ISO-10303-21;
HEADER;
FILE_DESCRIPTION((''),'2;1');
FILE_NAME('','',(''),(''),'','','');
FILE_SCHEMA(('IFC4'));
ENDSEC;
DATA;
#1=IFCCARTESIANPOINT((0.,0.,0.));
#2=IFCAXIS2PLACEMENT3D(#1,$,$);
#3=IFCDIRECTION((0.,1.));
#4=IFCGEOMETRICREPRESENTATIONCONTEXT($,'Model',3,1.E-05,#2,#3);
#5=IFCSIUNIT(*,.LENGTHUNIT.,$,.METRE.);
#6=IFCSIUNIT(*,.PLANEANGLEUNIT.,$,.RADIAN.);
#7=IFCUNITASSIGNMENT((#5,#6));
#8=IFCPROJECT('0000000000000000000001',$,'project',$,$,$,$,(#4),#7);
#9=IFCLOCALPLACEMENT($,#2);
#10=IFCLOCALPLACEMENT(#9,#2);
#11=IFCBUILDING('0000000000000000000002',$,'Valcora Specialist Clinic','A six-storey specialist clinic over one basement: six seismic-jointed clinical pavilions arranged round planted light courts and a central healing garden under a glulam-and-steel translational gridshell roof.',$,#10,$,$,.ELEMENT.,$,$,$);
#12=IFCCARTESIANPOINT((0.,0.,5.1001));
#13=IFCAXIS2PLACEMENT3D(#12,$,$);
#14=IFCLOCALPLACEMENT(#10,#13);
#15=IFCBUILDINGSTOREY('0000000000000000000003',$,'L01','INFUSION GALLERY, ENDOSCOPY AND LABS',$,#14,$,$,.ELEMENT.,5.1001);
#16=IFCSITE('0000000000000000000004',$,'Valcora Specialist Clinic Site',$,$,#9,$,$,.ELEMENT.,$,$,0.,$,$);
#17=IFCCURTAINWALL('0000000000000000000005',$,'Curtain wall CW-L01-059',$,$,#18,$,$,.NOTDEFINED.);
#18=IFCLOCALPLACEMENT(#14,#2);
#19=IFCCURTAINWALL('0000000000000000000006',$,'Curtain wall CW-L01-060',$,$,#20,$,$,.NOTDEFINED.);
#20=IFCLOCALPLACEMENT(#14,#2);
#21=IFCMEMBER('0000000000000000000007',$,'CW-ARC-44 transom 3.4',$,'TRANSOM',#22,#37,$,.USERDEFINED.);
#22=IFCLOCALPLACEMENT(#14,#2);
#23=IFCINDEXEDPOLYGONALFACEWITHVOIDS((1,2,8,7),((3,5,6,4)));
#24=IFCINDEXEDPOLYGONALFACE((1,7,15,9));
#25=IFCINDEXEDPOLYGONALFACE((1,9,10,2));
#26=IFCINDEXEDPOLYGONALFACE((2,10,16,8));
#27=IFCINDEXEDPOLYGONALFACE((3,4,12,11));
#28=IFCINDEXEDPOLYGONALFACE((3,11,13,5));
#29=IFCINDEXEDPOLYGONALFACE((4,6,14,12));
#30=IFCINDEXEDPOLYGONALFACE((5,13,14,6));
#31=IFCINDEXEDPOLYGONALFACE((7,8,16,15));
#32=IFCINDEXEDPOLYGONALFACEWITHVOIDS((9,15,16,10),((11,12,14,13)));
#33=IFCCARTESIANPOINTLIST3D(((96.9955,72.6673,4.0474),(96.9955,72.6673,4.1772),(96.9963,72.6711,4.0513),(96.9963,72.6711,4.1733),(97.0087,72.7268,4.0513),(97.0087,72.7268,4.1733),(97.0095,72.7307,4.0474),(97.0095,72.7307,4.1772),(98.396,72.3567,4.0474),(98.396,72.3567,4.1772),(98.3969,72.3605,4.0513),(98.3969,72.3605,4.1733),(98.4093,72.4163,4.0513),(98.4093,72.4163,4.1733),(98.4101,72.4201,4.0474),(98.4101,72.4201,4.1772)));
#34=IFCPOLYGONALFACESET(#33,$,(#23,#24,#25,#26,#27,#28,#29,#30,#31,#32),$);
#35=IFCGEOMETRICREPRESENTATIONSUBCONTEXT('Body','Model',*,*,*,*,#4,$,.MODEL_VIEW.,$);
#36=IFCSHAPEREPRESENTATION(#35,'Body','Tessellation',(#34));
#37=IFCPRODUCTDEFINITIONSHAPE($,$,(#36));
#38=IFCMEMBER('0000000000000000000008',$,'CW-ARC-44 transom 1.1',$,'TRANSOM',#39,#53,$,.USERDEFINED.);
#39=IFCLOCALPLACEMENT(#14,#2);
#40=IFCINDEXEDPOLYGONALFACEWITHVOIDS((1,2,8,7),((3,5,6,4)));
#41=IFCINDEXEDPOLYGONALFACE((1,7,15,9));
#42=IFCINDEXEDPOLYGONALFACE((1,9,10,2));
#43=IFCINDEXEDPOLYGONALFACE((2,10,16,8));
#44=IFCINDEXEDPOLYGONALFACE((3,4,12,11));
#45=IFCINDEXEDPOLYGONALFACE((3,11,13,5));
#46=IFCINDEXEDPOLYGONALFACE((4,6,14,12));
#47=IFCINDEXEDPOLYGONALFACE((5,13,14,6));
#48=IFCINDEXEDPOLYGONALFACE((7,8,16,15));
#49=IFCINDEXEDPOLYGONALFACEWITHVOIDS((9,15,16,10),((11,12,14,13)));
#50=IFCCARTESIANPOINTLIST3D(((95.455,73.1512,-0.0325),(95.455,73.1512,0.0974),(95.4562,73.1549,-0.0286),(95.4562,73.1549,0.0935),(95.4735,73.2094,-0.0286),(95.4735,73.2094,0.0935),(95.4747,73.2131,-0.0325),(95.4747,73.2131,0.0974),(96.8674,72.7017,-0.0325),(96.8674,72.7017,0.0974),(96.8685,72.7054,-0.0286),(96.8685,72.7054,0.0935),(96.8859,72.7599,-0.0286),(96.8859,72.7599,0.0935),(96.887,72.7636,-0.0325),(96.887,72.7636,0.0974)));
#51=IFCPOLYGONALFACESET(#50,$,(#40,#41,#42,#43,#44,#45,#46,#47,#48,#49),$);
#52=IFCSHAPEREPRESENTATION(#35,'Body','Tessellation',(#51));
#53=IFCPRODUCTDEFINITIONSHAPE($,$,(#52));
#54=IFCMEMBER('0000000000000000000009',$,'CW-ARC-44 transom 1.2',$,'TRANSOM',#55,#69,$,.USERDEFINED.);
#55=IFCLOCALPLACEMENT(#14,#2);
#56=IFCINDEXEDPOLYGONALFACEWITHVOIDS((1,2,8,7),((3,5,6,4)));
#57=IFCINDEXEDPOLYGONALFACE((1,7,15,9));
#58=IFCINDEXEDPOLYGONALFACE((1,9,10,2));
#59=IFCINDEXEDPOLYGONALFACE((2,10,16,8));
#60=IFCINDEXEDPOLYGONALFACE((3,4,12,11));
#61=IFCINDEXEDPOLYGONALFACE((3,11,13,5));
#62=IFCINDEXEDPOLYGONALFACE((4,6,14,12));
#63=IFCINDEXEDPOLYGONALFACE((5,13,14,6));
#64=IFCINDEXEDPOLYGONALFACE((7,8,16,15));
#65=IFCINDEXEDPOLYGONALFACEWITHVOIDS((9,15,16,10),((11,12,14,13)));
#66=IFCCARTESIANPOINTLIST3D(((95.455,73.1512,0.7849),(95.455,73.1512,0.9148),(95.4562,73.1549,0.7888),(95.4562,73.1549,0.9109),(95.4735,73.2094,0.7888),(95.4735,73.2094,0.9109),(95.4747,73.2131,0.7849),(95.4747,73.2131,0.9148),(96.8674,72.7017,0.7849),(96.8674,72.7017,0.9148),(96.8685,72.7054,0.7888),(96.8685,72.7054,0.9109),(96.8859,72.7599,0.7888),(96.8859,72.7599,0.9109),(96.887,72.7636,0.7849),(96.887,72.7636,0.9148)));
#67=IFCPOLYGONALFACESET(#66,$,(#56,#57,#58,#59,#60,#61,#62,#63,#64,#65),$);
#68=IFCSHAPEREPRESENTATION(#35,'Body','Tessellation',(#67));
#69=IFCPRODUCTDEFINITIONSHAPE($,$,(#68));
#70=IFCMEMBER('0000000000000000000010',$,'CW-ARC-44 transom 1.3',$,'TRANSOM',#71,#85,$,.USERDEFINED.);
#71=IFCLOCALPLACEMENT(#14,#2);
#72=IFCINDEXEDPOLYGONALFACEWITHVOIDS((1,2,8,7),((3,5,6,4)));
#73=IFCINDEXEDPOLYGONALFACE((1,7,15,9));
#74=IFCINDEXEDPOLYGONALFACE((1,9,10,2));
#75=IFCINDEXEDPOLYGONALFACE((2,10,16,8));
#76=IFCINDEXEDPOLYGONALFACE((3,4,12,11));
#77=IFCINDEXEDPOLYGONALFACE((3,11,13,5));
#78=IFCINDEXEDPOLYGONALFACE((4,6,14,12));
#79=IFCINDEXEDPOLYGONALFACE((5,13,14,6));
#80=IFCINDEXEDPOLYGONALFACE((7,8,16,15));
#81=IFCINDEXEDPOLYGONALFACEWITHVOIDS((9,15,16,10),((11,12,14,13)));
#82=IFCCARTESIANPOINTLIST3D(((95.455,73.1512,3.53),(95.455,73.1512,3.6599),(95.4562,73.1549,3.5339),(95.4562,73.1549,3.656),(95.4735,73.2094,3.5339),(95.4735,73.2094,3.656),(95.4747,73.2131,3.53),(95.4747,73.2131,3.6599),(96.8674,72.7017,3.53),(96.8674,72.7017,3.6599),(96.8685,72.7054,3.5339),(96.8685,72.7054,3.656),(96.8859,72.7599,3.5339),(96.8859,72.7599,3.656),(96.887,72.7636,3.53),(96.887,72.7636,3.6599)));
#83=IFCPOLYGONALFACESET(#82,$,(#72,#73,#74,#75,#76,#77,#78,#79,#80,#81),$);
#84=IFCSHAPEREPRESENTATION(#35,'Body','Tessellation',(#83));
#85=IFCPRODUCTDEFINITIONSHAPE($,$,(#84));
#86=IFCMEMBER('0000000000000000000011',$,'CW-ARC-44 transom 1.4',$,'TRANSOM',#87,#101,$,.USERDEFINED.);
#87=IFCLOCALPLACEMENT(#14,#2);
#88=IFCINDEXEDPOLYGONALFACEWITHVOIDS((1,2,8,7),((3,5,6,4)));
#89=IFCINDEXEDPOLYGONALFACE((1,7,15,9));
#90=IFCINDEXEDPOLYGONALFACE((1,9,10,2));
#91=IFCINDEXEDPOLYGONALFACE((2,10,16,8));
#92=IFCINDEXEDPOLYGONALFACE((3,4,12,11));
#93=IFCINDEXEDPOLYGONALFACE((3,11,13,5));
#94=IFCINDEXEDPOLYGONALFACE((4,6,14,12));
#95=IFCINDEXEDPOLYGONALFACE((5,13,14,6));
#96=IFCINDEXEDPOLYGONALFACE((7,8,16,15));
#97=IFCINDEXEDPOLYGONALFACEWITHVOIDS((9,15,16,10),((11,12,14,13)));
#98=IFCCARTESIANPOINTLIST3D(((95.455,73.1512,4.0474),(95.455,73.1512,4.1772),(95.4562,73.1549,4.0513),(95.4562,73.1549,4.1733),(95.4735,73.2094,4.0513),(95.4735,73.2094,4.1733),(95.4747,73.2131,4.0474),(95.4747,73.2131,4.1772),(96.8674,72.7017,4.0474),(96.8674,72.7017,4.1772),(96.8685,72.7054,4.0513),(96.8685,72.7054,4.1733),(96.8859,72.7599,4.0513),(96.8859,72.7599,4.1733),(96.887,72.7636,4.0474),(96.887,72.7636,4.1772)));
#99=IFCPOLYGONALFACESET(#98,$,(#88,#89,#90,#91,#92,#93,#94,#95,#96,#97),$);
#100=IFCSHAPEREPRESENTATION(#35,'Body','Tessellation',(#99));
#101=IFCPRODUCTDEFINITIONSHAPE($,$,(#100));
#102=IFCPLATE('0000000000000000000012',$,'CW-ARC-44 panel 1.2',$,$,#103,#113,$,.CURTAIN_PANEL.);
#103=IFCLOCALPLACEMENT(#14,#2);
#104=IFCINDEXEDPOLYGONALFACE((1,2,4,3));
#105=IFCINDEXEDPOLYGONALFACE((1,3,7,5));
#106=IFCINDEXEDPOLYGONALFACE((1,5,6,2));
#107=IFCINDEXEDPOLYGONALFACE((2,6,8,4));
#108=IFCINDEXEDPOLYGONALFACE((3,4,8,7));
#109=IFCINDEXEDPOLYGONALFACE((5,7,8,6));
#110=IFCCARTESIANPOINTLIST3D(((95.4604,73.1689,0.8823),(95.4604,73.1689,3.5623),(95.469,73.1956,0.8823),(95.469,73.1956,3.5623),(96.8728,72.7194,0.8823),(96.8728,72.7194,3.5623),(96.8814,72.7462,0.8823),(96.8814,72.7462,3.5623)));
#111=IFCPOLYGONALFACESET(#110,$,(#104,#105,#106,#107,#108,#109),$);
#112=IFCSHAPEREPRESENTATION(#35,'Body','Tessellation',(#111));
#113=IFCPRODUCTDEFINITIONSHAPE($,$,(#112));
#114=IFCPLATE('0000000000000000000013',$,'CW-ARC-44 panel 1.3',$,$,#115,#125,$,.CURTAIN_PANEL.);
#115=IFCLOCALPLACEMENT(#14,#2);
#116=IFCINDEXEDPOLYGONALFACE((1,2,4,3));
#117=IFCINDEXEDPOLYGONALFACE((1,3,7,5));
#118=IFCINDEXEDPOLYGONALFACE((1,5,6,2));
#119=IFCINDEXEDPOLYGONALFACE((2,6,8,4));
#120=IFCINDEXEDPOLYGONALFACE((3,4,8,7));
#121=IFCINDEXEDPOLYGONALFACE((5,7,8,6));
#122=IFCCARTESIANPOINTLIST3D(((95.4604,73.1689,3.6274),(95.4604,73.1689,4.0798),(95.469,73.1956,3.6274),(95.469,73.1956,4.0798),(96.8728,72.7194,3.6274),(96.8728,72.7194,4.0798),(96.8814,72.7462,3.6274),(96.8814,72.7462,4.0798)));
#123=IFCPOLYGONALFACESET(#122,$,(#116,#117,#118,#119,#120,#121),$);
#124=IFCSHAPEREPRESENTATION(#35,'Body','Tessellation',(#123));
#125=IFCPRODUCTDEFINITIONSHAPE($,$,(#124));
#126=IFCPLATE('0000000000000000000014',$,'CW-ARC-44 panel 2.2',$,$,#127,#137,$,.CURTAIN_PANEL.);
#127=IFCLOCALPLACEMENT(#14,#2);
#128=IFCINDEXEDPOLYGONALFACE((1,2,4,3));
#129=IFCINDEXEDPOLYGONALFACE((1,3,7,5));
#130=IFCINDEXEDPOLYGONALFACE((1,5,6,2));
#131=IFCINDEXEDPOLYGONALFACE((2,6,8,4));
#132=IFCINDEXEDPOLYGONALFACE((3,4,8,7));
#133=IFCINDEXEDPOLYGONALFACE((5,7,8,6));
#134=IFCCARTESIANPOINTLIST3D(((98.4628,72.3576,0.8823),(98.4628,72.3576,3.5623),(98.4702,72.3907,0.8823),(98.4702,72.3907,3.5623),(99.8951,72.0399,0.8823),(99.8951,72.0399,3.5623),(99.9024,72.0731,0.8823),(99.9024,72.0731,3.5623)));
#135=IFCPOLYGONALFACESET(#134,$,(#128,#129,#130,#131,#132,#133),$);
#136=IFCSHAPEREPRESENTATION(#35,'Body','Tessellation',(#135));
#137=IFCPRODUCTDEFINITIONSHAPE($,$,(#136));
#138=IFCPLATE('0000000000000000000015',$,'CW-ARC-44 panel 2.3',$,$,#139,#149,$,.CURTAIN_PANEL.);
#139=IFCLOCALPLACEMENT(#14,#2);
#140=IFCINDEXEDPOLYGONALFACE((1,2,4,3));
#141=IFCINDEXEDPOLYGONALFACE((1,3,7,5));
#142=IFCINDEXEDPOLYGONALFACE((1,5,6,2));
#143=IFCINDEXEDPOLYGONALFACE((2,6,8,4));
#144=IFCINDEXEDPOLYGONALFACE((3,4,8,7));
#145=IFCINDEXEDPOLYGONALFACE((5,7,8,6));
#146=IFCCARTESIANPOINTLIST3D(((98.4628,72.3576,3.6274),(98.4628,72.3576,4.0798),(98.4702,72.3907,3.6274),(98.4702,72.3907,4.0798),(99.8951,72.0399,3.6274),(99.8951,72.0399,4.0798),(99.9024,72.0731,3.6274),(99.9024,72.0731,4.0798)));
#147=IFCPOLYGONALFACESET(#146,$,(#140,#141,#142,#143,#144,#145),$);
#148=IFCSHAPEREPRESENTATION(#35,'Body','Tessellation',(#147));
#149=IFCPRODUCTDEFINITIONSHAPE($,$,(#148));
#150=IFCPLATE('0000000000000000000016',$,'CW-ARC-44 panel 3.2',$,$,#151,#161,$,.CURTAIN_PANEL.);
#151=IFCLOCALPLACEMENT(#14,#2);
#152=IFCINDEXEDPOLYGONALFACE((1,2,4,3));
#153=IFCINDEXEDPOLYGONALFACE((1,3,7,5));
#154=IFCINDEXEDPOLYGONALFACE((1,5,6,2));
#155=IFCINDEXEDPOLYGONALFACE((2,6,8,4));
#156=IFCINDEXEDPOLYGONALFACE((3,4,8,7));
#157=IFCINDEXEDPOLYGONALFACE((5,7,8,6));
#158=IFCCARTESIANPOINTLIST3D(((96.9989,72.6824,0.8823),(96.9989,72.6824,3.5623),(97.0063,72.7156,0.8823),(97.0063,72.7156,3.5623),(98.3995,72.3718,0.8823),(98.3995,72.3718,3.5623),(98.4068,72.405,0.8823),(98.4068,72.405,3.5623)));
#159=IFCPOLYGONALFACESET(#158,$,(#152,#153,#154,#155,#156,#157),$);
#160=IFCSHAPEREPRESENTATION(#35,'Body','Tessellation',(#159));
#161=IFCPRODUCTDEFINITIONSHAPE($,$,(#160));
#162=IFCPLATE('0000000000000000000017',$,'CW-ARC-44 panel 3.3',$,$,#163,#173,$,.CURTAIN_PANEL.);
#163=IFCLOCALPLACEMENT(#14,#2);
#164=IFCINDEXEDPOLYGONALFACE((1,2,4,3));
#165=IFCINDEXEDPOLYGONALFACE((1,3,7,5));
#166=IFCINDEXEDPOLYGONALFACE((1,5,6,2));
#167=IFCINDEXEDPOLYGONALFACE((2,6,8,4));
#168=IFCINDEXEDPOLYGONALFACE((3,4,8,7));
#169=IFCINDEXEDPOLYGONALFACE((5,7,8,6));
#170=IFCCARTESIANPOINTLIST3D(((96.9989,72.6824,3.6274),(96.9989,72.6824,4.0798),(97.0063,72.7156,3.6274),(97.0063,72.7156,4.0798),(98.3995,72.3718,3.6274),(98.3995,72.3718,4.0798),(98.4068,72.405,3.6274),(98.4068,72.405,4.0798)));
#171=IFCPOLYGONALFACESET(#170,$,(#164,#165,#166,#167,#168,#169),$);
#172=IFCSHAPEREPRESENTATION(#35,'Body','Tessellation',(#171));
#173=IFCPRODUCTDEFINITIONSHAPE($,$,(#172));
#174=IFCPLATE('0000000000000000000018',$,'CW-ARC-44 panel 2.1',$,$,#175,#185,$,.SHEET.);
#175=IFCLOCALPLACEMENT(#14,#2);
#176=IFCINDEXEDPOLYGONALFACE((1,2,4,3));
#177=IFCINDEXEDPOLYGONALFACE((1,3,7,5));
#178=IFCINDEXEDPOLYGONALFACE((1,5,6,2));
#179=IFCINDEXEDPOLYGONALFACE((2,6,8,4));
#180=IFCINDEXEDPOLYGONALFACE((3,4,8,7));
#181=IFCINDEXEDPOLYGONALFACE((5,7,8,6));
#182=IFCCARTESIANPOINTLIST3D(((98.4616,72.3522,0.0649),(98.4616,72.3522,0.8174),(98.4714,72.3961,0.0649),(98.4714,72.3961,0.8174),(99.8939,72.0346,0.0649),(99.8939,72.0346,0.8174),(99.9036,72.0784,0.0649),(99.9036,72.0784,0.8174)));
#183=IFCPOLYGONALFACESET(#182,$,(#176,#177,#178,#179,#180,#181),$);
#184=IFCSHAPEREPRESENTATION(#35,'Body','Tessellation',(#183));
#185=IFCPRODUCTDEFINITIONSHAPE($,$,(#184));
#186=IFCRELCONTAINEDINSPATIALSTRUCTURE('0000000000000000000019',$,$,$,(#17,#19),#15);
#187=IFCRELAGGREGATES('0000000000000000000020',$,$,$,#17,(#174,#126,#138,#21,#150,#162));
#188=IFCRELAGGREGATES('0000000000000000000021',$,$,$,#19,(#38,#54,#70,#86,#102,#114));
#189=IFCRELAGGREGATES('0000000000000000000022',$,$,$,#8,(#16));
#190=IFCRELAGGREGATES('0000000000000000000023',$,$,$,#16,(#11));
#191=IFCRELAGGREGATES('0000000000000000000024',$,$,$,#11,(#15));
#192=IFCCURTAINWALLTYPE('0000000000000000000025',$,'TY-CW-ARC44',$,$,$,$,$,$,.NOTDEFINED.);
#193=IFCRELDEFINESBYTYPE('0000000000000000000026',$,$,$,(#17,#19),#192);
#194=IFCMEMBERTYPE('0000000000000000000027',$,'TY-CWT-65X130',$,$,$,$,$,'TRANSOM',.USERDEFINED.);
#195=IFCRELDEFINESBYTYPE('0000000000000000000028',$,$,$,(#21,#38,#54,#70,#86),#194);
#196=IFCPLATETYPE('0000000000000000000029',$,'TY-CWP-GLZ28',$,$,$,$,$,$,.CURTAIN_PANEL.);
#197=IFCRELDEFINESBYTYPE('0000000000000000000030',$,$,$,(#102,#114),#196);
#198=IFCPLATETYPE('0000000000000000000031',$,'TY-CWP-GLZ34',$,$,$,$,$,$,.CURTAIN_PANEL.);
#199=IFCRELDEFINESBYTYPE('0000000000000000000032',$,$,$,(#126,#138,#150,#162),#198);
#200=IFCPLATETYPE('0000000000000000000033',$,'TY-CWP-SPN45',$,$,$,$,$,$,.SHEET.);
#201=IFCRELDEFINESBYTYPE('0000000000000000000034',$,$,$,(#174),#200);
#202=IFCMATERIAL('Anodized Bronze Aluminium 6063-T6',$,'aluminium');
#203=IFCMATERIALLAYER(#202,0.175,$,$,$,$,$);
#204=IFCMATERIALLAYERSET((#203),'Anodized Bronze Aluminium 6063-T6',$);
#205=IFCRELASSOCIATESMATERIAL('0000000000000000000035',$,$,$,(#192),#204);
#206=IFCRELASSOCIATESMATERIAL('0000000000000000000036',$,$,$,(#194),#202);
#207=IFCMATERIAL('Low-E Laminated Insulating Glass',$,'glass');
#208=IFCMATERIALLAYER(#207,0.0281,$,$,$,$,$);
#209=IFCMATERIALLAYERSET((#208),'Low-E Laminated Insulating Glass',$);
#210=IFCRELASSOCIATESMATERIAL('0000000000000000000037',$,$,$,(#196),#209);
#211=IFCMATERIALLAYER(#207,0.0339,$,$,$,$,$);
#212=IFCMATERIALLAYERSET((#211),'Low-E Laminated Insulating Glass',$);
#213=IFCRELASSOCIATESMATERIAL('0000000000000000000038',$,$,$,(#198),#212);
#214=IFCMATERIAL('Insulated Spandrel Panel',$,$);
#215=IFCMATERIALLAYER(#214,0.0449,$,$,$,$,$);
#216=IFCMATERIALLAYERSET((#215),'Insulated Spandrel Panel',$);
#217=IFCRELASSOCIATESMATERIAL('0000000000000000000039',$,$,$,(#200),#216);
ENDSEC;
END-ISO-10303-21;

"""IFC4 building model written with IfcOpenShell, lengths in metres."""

from ifc_helpers import new_model, si_unit, direction, frame, origin, origin_2d, place, context, subcontext, project, spatial, rectangle, hollow_rectangle, extrude, material, layer, layer_set, material_profile, profile_set, type_object, element, aggregate, save


model = new_model("IFC4")

# Units and contexts
model_context = context("Model", 3, precision=1e-05, world=origin(), true_north=direction((0.0, 1.0)))
body_context = subcontext(model_context, "Body", "Model", "MODEL_VIEW")
ifc_project = project(units=[si_unit("LENGTHUNIT", "METRE"), si_unit("PLANEANGLEUNIT", "RADIAN")], contexts=[model_context])

# Site, building, storey
site_placement = place(None, origin())
site = spatial("IfcSite", under=ifc_project, at=site_placement, Name="Valcora Specialist Clinic Site", CompositionType="ELEMENT", RefElevation=0.0)
building_placement = place(site_placement, origin())
building = spatial("IfcBuilding", under=site, at=building_placement, Name="Valcora Specialist Clinic", Description="A six-storey specialist clinic over one basement: six seismic-jointed clinical pavilions arranged round planted light courts and a central healing garden under a glulam-and-steel translational gridshell roof.", CompositionType="ELEMENT")
storey_placement = place(building_placement, frame((0.0, 0.0, 5.1001)))
storey = spatial("IfcBuildingStorey", under=building, at=storey_placement, Name="L01", Description="INFUSION GALLERY, ENDOSCOPY AND LABS", CompositionType="ELEMENT", Elevation=5.1001)

# Curtain wall
ifc_material_1 = material(Name="Anodized Bronze Aluminium 6063-T6", Category="aluminium")
ifc_layer_1 = layer(ifc_material_1, 0.175)
ifc_layer_set_1 = layer_set([ifc_layer_1], Name="Anodized Bronze Aluminium 6063-T6")
curtain_wall_type = type_object("IfcCurtainWallType", Name="TY-CW-ARC44", PredefinedType="NOTDEFINED", material=ifc_layer_set_1)
curtain_wall_1_placement = place(storey_placement, origin())
curtain_wall_1 = element("IfcCurtainWall", 1, at=curtain_wall_1_placement, inside=storey, type_object=curtain_wall_type, Name="Curtain wall CW-L01-059", PredefinedType="NOTDEFINED")

# Curtain wall
curtain_wall_2_placement = place(storey_placement, origin())
curtain_wall_2 = element("IfcCurtainWall", 2, at=curtain_wall_2_placement, inside=storey, type_object=curtain_wall_type, Name="Curtain wall CW-L01-060", PredefinedType="NOTDEFINED")

# Members
ifc_material_profile_1 = material_profile(ifc_material_1, hollow_rectangle(XDim=0.0649, YDim=0.1299, WallThickness=0.0039, at=origin_2d()), Name="AL-TRN-65X130")
ifc_profile_set_1 = profile_set([ifc_material_profile_1], Name="Anodized Bronze Aluminium 6063-T6")
member_type_1 = type_object("IfcMemberType", Name="TY-CWT-65X130", ElementType="TRANSOM", PredefinedType="USERDEFINED", material=ifc_profile_set_1)
member_1_placement = place(storey_placement, frame((98.4031, 72.3884, 4.1123), z_axis=(-0.976291, 0.216462, 0.0), x_axis=(-0.216462, -0.976291, 0.0)))
member_1 = element("IfcMember", 3, at=member_1_placement, type_object=member_type_1, Name="CW-ARC-44 transom 3.4", ObjectType="TRANSOM", PredefinedType="USERDEFINED", context=body_context, shape_type="SweptSolid", body=[
    extrude(hollow_rectangle(XDim=0.0649, YDim=0.1299, WallThickness=0.0039, at=origin_2d()), origin(), (0.0, 0.0, 1.0), 1.4346),
])
member_2_placement = place(storey_placement, frame((96.8772, 72.7327, 0.0325), z_axis=(-0.952911, 0.303251, 0.0), x_axis=(-0.303251, -0.952911, 0.0)))
member_2 = element("IfcMember", 4, at=member_2_placement, type_object=member_type_1, Name="CW-ARC-44 transom 1.1", ObjectType="TRANSOM", PredefinedType="USERDEFINED", context=body_context, shape_type="SweptSolid", body=[
    extrude(hollow_rectangle(XDim=0.0649, YDim=0.1299, WallThickness=0.0039, at=origin_2d()), origin(), (0.0, 0.0, 1.0), 1.4822),
])
member_3_placement = place(storey_placement, frame((96.8772, 72.7327, 0.8499), z_axis=(-0.952911, 0.303251, 0.0), x_axis=(-0.303251, -0.952911, 0.0)))
member_3 = element("IfcMember", 5, at=member_3_placement, type_object=member_type_1, Name="CW-ARC-44 transom 1.2", ObjectType="TRANSOM", PredefinedType="USERDEFINED", context=body_context, shape_type="SweptSolid", body=[
    extrude(hollow_rectangle(XDim=0.0649, YDim=0.1299, WallThickness=0.0039, at=origin_2d()), origin(), (0.0, 0.0, 1.0), 1.4822),
])
member_4_placement = place(storey_placement, frame((96.8772, 72.7327, 3.595), z_axis=(-0.952911, 0.303251, 0.0), x_axis=(-0.303251, -0.952911, 0.0)))
member_4 = element("IfcMember", 6, at=member_4_placement, type_object=member_type_1, Name="CW-ARC-44 transom 1.3", ObjectType="TRANSOM", PredefinedType="USERDEFINED", context=body_context, shape_type="SweptSolid", body=[
    extrude(hollow_rectangle(XDim=0.0649, YDim=0.1299, WallThickness=0.0039, at=origin_2d()), origin(), (0.0, 0.0, 1.0), 1.4822),
])
member_5_placement = place(storey_placement, frame((96.8772, 72.7327, 4.1123), z_axis=(-0.952911, 0.303251, 0.0), x_axis=(-0.303251, -0.952911, 0.0)))
member_5 = element("IfcMember", 7, at=member_5_placement, type_object=member_type_1, Name="CW-ARC-44 transom 1.4", ObjectType="TRANSOM", PredefinedType="USERDEFINED", context=body_context, shape_type="SweptSolid", body=[
    extrude(hollow_rectangle(XDim=0.0649, YDim=0.1299, WallThickness=0.0039, at=origin_2d()), origin(), (0.0, 0.0, 1.0), 1.4822),
])

# Plates
ifc_material_2 = material(Name="Low-E Laminated Insulating Glass", Category="glass")
ifc_layer_2 = layer(ifc_material_2, 0.0281)
ifc_layer_set_2 = layer_set([ifc_layer_2], Name="Low-E Laminated Insulating Glass")
plate_type_1 = type_object("IfcPlateType", Name="TY-CWP-GLZ28", PredefinedType="CURTAIN_PANEL", material=ifc_layer_set_2)
plate_1_placement = place(storey_placement, frame((96.1709, 72.9575, 0.8823), z_axis=(0.0, 0.0, 1.0), x_axis=(-0.952916, 0.303233, 0.0)))
plate_1 = element("IfcPlate", 8, at=plate_1_placement, type_object=plate_type_1, Name="CW-ARC-44 panel 1.2", PredefinedType="CURTAIN_PANEL", context=body_context, shape_type="SweptSolid", body=[
    extrude(rectangle(XDim=1.4822, YDim=0.0281, at=origin_2d()), origin(), (0.0, 0.0, 1.0), 2.6799),
])
plate_2_placement = place(storey_placement, frame((96.1709, 72.9575, 3.6274), z_axis=(0.0, 0.0, 1.0), x_axis=(-0.952916, 0.303233, 0.0)))
plate_2 = element("IfcPlate", 9, at=plate_2_placement, type_object=plate_type_1, Name="CW-ARC-44 panel 1.3", PredefinedType="CURTAIN_PANEL", context=body_context, shape_type="SweptSolid", body=[
    extrude(rectangle(XDim=1.4822, YDim=0.0281, at=origin_2d()), origin(), (0.0, 0.0, 1.0), 0.4524),
])
ifc_layer_3 = layer(ifc_material_2, 0.0339)
ifc_layer_set_3 = layer_set([ifc_layer_3], Name="Low-E Laminated Insulating Glass")
plate_type_2 = type_object("IfcPlateType", Name="TY-CWP-GLZ34", PredefinedType="CURTAIN_PANEL", material=ifc_layer_set_3)
plate_3_placement = place(storey_placement, frame((99.1826, 72.2153, 0.8823), z_axis=(0.0, 0.0, 1.0), x_axis=(-0.976279, 0.216518, 0.0)))
plate_3 = element("IfcPlate", 10, at=plate_3_placement, type_object=plate_type_2, Name="CW-ARC-44 panel 2.2", PredefinedType="CURTAIN_PANEL", context=body_context, shape_type="SweptSolid", body=[
    extrude(rectangle(XDim=1.467, YDim=0.0339, at=origin_2d()), origin(), (0.0, 0.0, 1.0), 2.6799),
])
plate_4_placement = place(storey_placement, frame((99.1826, 72.2153, 3.6274), z_axis=(0.0, 0.0, 1.0), x_axis=(-0.976279, 0.216518, 0.0)))
plate_4 = element("IfcPlate", 11, at=plate_4_placement, type_object=plate_type_2, Name="CW-ARC-44 panel 2.3", PredefinedType="CURTAIN_PANEL", context=body_context, shape_type="SweptSolid", body=[
    extrude(rectangle(XDim=1.467, YDim=0.0339, at=origin_2d()), origin(), (0.0, 0.0, 1.0), 0.4524),
])
plate_5_placement = place(storey_placement, frame((97.7029, 72.5437, 0.8823), z_axis=(0.0, 0.0, 1.0), x_axis=(-0.976279, 0.216518, 0.0)))
plate_5 = element("IfcPlate", 12, at=plate_5_placement, type_object=plate_type_2, Name="CW-ARC-44 panel 3.2", PredefinedType="CURTAIN_PANEL", context=body_context, shape_type="SweptSolid", body=[
    extrude(rectangle(XDim=1.4346, YDim=0.0339, at=origin_2d()), origin(), (0.0, 0.0, 1.0), 2.6799),
])
plate_6_placement = place(storey_placement, frame((97.7029, 72.5437, 3.6274), z_axis=(0.0, 0.0, 1.0), x_axis=(-0.976279, 0.216518, 0.0)))
plate_6 = element("IfcPlate", 13, at=plate_6_placement, type_object=plate_type_2, Name="CW-ARC-44 panel 3.3", PredefinedType="CURTAIN_PANEL", context=body_context, shape_type="SweptSolid", body=[
    extrude(rectangle(XDim=1.4346, YDim=0.0339, at=origin_2d()), origin(), (0.0, 0.0, 1.0), 0.4524),
])
ifc_material_3 = material(Name="Insulated Spandrel Panel")
ifc_layer_4 = layer(ifc_material_3, 0.0449)
ifc_layer_set_4 = layer_set([ifc_layer_4], Name="Insulated Spandrel Panel")
plate_type_3 = type_object("IfcPlateType", Name="TY-CWP-SPN45", PredefinedType="SHEET", material=ifc_layer_set_4)
plate_7_placement = place(storey_placement, frame((99.1826, 72.2153, 0.0649), z_axis=(0.0, 0.0, 1.0), x_axis=(-0.976279, 0.216518, 0.0)))
plate_7 = element("IfcPlate", 14, at=plate_7_placement, type_object=plate_type_3, Name="CW-ARC-44 panel 2.1", PredefinedType="SHEET", context=body_context, shape_type="SweptSolid", body=[
    extrude(rectangle(XDim=1.467, YDim=0.0449, at=origin_2d()), origin(), (0.0, 0.0, 1.0), 0.7524),
])
aggregate(curtain_wall_1, [plate_7, plate_3, plate_4, member_1, plate_5, plate_6])
aggregate(curtain_wall_2, [member_2, member_3, member_4, member_5, plate_1, plate_2])

save(model, "model.ifc")
